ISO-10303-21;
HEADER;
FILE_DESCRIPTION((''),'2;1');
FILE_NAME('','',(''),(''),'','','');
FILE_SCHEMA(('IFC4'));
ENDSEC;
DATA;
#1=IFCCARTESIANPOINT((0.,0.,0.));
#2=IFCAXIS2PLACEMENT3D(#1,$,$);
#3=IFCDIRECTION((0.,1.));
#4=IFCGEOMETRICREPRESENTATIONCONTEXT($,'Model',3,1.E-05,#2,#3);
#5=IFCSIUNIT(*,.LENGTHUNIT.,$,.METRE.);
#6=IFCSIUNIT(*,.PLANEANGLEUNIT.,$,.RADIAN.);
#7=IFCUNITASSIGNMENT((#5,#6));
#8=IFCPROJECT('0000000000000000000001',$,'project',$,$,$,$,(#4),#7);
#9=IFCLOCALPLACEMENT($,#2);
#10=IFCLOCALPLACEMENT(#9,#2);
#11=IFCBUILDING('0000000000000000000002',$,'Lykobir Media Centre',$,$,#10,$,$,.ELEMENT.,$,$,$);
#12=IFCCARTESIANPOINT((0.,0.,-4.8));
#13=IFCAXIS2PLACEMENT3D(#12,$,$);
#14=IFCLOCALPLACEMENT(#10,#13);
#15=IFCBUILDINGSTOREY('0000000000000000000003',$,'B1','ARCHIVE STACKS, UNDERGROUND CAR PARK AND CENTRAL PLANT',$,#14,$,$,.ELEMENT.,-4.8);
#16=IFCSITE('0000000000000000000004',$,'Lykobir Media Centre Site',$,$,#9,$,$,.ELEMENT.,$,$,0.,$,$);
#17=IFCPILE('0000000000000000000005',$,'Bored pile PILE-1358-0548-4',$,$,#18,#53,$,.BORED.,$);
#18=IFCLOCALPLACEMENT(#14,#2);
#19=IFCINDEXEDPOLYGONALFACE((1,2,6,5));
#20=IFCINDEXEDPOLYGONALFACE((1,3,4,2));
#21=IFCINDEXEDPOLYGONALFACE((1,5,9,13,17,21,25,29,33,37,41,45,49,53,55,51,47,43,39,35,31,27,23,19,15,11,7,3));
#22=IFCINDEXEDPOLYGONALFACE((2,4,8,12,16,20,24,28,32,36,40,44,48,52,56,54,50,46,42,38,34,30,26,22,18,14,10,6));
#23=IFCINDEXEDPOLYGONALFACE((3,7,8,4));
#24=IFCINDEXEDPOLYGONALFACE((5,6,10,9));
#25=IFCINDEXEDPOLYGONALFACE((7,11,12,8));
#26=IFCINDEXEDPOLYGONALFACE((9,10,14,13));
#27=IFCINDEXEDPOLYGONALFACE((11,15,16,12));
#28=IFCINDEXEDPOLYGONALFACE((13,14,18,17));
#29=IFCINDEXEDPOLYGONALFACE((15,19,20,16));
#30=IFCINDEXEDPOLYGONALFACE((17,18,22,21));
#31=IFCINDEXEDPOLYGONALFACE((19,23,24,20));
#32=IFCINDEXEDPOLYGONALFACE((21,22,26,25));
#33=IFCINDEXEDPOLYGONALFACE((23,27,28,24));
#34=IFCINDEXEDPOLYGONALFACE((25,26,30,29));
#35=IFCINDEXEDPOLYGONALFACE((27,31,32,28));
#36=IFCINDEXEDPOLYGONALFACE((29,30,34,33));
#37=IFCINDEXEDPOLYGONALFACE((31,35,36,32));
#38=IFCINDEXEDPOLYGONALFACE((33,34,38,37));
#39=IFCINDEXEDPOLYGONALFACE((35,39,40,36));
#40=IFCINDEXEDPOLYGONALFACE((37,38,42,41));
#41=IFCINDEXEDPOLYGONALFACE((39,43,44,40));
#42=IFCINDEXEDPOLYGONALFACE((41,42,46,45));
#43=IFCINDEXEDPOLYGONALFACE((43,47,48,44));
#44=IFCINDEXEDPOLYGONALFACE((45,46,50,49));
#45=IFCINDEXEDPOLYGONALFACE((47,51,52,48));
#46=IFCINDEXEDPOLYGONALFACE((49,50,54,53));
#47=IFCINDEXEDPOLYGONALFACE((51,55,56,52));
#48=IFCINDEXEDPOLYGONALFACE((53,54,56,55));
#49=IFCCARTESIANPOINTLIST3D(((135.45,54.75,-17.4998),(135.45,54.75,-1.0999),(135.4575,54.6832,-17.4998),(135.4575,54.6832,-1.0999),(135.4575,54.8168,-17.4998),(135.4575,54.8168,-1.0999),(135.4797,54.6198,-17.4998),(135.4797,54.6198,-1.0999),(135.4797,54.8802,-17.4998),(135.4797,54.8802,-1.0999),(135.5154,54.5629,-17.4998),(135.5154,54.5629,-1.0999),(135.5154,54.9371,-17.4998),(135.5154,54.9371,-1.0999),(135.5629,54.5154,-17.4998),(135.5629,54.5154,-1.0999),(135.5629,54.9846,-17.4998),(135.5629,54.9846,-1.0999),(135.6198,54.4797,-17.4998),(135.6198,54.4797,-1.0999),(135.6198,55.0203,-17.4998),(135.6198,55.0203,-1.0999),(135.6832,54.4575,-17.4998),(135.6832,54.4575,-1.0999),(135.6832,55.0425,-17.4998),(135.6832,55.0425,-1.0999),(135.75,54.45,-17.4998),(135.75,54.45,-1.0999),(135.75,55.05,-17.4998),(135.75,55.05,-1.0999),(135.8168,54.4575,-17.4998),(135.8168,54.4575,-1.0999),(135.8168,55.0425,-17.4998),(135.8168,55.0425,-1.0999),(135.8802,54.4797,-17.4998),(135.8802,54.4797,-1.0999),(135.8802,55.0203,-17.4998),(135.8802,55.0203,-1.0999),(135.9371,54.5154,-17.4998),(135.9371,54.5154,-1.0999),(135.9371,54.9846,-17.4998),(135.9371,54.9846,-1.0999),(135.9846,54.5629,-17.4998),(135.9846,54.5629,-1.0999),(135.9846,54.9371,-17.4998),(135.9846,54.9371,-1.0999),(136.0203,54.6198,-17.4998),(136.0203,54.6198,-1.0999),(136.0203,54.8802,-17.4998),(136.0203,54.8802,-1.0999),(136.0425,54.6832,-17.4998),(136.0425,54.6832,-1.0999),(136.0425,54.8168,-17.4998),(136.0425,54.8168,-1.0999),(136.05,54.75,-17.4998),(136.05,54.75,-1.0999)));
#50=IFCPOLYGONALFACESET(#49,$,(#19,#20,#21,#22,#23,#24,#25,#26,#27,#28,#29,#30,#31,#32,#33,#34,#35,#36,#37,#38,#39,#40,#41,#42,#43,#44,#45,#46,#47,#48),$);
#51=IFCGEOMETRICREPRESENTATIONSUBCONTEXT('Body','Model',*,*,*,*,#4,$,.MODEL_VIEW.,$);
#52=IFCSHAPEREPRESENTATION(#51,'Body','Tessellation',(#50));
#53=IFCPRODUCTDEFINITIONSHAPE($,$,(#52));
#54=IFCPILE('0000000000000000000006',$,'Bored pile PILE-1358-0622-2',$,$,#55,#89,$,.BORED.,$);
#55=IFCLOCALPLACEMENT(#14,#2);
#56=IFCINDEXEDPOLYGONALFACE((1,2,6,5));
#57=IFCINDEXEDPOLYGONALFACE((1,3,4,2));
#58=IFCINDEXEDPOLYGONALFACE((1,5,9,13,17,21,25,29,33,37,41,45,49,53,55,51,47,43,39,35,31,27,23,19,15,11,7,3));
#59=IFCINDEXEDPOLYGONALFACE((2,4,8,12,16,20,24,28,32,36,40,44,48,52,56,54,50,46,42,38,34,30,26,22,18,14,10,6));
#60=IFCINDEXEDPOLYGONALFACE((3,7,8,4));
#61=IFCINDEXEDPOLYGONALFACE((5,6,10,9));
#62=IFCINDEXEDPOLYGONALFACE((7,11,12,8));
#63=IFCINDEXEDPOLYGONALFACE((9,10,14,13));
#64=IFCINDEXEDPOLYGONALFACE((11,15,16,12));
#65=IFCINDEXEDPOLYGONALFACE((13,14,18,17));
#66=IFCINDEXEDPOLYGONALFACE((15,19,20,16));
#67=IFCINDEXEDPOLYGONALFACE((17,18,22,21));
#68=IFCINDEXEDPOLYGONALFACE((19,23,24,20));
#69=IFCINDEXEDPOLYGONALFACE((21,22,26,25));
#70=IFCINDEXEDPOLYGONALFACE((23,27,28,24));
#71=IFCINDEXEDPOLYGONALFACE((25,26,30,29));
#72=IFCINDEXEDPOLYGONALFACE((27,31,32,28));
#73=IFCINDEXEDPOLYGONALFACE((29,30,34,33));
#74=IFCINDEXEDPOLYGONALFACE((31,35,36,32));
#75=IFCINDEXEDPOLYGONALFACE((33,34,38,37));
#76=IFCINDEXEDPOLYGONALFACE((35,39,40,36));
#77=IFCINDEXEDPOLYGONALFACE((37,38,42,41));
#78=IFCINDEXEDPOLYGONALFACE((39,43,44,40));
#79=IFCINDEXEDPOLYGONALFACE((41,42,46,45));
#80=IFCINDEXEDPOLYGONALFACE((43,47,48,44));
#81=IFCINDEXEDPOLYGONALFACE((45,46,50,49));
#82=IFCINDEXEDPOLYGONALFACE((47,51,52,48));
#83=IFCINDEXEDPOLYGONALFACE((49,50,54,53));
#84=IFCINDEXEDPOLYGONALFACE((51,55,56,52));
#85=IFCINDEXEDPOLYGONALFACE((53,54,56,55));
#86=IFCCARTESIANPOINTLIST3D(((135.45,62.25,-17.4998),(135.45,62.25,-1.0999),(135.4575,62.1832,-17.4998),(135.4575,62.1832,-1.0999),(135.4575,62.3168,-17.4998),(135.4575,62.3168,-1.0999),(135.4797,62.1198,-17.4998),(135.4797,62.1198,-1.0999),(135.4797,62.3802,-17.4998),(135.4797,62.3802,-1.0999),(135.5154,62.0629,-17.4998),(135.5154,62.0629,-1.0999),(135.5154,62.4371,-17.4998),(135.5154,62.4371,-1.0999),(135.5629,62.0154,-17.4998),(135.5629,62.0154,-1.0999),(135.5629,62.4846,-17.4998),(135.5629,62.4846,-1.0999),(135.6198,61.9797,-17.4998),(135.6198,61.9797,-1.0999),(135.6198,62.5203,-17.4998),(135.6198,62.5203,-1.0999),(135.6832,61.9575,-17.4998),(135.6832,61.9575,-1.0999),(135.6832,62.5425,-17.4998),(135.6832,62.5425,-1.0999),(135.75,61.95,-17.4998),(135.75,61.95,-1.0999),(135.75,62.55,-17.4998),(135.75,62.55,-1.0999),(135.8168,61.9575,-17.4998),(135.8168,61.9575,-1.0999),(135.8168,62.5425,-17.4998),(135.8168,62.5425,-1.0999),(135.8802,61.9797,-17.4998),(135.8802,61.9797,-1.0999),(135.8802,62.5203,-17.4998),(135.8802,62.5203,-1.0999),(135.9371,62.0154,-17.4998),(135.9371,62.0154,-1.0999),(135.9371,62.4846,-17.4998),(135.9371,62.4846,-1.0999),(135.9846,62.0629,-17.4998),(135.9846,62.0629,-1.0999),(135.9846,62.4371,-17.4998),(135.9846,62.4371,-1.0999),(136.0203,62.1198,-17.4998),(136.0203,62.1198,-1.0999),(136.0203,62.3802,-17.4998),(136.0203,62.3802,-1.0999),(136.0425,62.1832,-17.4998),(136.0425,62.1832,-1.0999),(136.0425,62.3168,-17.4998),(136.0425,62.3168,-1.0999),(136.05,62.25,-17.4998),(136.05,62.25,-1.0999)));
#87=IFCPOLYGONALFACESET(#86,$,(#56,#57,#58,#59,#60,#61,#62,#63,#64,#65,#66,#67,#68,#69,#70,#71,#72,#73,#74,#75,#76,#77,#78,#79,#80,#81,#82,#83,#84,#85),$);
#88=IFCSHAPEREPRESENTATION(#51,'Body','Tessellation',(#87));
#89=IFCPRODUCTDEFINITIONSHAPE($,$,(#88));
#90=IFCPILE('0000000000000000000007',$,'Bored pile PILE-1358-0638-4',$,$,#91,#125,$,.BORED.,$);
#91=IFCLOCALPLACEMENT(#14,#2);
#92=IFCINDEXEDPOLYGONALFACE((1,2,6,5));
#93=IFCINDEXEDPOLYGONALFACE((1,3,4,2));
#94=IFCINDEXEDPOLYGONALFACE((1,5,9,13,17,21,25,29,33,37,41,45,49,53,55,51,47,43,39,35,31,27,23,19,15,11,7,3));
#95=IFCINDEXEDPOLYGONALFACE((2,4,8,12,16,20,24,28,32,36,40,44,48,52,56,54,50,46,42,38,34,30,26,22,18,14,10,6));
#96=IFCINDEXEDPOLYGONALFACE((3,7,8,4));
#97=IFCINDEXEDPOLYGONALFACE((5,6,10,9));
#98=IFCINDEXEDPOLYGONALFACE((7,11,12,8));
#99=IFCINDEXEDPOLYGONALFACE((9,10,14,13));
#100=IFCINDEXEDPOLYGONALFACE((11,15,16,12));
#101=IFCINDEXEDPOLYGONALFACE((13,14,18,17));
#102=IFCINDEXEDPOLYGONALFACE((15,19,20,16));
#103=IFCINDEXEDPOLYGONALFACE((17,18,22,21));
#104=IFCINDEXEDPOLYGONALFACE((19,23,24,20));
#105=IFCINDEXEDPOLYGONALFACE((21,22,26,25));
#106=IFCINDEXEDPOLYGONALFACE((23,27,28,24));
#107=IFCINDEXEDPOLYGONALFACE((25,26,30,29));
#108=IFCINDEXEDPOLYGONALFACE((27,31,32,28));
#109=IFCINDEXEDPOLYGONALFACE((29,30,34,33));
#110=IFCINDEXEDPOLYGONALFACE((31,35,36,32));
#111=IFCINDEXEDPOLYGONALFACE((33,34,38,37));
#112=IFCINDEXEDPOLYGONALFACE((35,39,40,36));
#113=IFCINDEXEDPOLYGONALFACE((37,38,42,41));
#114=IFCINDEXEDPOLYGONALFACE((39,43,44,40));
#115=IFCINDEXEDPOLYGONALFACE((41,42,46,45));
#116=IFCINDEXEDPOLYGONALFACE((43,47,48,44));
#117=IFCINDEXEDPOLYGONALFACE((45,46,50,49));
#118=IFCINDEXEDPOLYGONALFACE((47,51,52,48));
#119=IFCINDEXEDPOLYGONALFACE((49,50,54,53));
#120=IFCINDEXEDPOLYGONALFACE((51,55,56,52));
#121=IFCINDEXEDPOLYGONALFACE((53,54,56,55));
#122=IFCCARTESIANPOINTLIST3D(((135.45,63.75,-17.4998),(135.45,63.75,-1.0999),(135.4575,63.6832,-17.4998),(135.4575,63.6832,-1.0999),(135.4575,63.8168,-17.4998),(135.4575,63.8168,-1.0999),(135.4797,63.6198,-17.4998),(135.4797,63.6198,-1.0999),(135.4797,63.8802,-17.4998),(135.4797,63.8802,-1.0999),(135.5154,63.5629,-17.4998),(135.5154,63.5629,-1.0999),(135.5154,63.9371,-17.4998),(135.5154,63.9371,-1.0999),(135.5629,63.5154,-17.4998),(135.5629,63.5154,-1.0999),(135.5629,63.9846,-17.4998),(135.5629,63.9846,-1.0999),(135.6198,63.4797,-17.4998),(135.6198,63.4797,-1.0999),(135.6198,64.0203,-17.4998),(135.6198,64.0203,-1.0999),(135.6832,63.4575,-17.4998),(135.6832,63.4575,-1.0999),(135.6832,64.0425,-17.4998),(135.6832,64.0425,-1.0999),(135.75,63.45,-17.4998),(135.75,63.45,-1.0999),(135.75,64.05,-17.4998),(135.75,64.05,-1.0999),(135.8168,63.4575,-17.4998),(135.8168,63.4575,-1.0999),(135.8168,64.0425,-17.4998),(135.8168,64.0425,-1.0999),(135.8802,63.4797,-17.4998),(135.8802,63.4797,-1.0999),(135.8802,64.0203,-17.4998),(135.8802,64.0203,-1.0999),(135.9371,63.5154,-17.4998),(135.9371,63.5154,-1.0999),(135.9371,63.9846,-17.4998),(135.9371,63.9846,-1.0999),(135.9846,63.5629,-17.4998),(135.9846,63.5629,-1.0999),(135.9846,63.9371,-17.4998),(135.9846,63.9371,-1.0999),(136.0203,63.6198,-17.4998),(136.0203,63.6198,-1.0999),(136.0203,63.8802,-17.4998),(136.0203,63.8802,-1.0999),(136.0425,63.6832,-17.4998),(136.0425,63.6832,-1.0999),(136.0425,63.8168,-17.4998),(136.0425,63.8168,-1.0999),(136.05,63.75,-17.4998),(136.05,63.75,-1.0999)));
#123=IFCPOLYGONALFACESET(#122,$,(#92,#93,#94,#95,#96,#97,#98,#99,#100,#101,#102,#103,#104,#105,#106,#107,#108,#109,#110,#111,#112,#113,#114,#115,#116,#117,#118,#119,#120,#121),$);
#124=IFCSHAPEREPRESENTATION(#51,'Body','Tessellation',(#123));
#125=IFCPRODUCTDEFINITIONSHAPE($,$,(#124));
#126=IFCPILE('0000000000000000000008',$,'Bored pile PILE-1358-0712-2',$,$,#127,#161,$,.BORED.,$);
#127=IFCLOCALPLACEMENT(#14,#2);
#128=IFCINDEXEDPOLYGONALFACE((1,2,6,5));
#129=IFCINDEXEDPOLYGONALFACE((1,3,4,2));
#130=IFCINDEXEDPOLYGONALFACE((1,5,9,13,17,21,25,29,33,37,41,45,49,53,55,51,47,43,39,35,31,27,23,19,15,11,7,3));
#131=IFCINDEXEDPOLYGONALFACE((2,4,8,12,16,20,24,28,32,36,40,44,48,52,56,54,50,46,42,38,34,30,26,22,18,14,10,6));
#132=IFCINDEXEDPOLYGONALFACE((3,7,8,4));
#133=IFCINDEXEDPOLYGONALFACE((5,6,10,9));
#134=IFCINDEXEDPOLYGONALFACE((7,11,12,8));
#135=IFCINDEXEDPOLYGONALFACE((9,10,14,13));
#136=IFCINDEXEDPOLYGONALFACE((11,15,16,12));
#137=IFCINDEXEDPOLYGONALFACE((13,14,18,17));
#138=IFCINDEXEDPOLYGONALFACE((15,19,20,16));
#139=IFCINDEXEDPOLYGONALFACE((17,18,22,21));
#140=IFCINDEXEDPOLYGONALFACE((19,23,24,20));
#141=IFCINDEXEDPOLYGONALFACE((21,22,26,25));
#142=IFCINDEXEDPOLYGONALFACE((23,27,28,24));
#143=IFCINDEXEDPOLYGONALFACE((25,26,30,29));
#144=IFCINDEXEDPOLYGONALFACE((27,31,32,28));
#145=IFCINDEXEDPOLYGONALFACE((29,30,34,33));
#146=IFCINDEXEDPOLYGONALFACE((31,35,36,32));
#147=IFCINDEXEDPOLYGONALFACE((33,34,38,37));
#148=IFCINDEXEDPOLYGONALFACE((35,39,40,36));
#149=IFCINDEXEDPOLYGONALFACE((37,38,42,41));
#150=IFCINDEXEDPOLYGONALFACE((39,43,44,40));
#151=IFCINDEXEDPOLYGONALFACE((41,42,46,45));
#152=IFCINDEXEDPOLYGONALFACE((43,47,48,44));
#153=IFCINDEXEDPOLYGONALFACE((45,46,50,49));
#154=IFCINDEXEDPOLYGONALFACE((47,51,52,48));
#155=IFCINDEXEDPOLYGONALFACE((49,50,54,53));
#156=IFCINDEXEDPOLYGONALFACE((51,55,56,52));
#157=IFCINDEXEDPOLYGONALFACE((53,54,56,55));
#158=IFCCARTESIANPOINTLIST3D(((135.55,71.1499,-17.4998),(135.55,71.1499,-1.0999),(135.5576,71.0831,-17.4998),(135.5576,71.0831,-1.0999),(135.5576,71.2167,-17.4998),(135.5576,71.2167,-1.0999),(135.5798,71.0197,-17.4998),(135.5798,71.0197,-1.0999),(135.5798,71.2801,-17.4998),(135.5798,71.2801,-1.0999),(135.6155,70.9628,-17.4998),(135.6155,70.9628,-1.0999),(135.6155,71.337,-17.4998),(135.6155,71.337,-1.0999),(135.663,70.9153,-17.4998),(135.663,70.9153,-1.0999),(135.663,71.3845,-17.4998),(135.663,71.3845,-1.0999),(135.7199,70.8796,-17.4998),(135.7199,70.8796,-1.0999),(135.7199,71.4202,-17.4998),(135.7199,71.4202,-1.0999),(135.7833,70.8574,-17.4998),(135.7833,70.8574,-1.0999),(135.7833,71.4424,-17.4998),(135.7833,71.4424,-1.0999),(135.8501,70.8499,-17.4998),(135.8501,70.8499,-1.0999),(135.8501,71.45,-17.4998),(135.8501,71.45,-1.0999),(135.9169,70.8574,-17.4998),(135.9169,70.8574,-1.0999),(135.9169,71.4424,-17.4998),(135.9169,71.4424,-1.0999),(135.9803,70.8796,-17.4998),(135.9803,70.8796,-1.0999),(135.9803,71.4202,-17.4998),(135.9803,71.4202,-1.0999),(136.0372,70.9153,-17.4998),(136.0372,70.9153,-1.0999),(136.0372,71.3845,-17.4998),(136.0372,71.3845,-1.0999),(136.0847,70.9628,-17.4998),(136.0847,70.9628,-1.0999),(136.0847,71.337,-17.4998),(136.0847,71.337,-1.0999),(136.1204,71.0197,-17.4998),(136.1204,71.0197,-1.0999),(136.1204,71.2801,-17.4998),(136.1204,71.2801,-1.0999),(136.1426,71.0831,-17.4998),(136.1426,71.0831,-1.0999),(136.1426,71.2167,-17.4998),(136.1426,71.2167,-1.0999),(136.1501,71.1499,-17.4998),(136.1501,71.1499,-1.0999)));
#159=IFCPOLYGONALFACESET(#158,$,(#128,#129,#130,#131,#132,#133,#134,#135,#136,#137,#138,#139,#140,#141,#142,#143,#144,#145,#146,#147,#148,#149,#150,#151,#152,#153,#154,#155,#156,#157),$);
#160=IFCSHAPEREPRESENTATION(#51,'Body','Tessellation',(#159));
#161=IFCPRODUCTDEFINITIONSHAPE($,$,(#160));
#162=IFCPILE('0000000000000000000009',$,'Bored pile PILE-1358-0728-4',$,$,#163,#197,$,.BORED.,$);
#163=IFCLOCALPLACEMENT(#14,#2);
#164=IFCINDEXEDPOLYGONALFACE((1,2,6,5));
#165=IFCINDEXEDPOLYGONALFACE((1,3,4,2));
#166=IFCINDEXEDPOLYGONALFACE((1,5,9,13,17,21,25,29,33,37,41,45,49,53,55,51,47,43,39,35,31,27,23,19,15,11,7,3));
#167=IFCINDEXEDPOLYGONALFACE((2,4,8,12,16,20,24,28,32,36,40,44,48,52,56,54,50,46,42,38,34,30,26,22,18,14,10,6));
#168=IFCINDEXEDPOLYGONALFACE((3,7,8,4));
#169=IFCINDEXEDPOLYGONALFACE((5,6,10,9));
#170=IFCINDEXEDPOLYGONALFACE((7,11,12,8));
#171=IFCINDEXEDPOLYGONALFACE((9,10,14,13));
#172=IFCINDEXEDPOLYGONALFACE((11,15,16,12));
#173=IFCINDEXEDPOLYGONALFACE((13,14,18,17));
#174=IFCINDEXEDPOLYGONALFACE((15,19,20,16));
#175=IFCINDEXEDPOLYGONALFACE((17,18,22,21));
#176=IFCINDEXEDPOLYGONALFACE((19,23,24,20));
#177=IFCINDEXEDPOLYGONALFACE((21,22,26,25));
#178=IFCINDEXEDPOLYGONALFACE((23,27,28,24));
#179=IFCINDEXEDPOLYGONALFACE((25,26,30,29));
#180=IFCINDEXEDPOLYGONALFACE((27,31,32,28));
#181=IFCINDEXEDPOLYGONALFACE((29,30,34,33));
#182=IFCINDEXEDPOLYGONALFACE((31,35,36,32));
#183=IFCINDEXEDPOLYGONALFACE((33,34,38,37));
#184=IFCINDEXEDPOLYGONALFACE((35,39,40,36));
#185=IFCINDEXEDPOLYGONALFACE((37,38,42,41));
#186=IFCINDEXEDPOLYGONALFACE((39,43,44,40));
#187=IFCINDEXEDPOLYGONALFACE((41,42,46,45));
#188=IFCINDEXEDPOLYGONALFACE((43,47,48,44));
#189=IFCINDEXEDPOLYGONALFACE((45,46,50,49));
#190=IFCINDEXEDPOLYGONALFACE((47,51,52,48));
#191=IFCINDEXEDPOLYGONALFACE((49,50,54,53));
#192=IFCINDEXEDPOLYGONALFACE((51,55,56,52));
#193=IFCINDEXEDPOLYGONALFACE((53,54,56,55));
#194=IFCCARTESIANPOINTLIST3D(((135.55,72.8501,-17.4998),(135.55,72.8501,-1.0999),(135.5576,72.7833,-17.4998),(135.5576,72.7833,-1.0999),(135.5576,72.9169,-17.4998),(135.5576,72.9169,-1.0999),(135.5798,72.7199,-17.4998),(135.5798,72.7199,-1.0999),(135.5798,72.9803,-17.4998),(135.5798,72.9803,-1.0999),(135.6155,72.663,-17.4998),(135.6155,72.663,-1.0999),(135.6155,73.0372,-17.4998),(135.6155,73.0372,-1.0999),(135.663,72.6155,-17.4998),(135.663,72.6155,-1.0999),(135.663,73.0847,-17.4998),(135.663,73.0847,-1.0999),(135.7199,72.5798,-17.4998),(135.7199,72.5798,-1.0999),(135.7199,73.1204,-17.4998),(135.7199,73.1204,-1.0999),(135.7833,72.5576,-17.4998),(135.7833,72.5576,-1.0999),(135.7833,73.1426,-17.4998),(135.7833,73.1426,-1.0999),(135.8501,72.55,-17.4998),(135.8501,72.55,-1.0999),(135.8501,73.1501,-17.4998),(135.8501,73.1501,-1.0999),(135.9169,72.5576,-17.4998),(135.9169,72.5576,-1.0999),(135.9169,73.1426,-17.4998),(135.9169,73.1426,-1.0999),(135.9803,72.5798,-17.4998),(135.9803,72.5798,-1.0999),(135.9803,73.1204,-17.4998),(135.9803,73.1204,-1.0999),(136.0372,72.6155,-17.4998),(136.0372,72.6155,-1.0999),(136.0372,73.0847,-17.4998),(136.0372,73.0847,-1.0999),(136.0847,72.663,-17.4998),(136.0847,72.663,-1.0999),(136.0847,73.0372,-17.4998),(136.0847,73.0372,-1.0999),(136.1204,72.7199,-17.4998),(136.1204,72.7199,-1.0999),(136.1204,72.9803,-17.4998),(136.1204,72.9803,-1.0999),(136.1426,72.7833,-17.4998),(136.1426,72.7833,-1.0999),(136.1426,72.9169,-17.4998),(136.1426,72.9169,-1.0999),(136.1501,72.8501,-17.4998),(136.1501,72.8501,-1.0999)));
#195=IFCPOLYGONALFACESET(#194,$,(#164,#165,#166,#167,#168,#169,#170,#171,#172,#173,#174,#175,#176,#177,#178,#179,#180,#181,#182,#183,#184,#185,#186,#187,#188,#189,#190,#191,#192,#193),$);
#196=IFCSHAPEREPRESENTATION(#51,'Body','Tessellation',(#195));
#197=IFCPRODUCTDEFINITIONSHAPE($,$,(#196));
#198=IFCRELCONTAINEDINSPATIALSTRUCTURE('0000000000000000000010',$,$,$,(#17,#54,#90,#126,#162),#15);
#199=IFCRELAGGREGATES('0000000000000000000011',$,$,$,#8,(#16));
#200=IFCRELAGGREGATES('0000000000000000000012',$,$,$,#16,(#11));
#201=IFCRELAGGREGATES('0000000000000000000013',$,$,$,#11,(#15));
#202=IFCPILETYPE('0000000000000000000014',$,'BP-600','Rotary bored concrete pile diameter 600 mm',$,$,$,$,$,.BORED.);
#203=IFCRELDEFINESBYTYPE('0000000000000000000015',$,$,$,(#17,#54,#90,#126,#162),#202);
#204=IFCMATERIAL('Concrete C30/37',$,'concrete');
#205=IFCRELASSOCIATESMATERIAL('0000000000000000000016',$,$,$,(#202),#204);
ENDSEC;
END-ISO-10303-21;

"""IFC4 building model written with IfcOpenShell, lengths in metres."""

from ifc_helpers import new_model, si_unit, direction, frame, origin, origin_2d, place, context, subcontext, project, spatial, circle, extrude, material, material_profile, profile_set, type_object, element, save


model = new_model("IFC4")

# Units and contexts
model_context = context("Model", 3, precision=1e-05, world=origin(), true_north=direction((0.0, 1.0)))
body_context = subcontext(model_context, "Body", "Model", "MODEL_VIEW")
ifc_project = project(units=[si_unit("LENGTHUNIT", "METRE"), si_unit("PLANEANGLEUNIT", "RADIAN")], contexts=[model_context])

# Site, building, storey
site_placement = place(None, origin())
site = spatial("IfcSite", under=ifc_project, at=site_placement, Name="Lykobir Media Centre Site", CompositionType="ELEMENT", RefElevation=0.0)
building_placement = place(site_placement, origin())
building = spatial("IfcBuilding", under=site, at=building_placement, Name="Lykobir Media Centre", CompositionType="ELEMENT")
storey_placement = place(building_placement, frame((0.0, 0.0, -4.8)))
storey = spatial("IfcBuildingStorey", under=building, at=storey_placement, Name="B1", Description="ARCHIVE STACKS, UNDERGROUND CAR PARK AND CENTRAL PLANT", CompositionType="ELEMENT", Elevation=-4.8)

# Piles
ifc_material_1 = material(Name="Concrete C30/37", Category="concrete")
ifc_material_profile_1 = material_profile(ifc_material_1, circle(Radius=0.3, at=origin_2d()), Name="BORED PILE D600")
ifc_profile_set_1 = profile_set([ifc_material_profile_1], Name="Concrete C30/37")
pile_type_1 = type_object("IfcPileType", Name="BP-600", Description="Rotary bored concrete pile diameter 600 mm", PredefinedType="BORED", material=ifc_profile_set_1)
for number, where, z_axis, x_axis, name in (
    (1, (135.75, 54.75, -1.0999), (0.0, 0.0, -1.0), (1.0, 0.0, 0.0), "Bored pile PILE-1358-0548-4"),
    (2, (135.75, 62.25, -1.0999), (0.0, 0.0, -1.0), (1.0, 0.0, 0.0), "Bored pile PILE-1358-0622-2"),
    (3, (135.75, 63.75, -1.0999), (0.0, 0.0, -1.0), (1.0, 0.0, 0.0), "Bored pile PILE-1358-0638-4"),
    (4, (135.8501, 71.1499, -1.0999), (0.0, 0.0, -1.0), (1.0, 0.0, 0.0), "Bored pile PILE-1358-0712-2"),
    (5, (135.8501, 72.8501, -1.0999), (0.0, 0.0, -1.0), (1.0, 0.0, 0.0), "Bored pile PILE-1358-0728-4"),
):
    element("IfcPile", number, at=place(storey_placement, frame(where, z_axis=z_axis, x_axis=x_axis)), inside=storey, type_object=pile_type_1, Name=name, PredefinedType="BORED", context=body_context, shape_type="SweptSolid", body=[
        extrude(circle(Radius=0.3, at=origin_2d()), origin(), (0.0, 0.0, 1.0), 16.3999),
    ])

save(model, "model.ifc")
